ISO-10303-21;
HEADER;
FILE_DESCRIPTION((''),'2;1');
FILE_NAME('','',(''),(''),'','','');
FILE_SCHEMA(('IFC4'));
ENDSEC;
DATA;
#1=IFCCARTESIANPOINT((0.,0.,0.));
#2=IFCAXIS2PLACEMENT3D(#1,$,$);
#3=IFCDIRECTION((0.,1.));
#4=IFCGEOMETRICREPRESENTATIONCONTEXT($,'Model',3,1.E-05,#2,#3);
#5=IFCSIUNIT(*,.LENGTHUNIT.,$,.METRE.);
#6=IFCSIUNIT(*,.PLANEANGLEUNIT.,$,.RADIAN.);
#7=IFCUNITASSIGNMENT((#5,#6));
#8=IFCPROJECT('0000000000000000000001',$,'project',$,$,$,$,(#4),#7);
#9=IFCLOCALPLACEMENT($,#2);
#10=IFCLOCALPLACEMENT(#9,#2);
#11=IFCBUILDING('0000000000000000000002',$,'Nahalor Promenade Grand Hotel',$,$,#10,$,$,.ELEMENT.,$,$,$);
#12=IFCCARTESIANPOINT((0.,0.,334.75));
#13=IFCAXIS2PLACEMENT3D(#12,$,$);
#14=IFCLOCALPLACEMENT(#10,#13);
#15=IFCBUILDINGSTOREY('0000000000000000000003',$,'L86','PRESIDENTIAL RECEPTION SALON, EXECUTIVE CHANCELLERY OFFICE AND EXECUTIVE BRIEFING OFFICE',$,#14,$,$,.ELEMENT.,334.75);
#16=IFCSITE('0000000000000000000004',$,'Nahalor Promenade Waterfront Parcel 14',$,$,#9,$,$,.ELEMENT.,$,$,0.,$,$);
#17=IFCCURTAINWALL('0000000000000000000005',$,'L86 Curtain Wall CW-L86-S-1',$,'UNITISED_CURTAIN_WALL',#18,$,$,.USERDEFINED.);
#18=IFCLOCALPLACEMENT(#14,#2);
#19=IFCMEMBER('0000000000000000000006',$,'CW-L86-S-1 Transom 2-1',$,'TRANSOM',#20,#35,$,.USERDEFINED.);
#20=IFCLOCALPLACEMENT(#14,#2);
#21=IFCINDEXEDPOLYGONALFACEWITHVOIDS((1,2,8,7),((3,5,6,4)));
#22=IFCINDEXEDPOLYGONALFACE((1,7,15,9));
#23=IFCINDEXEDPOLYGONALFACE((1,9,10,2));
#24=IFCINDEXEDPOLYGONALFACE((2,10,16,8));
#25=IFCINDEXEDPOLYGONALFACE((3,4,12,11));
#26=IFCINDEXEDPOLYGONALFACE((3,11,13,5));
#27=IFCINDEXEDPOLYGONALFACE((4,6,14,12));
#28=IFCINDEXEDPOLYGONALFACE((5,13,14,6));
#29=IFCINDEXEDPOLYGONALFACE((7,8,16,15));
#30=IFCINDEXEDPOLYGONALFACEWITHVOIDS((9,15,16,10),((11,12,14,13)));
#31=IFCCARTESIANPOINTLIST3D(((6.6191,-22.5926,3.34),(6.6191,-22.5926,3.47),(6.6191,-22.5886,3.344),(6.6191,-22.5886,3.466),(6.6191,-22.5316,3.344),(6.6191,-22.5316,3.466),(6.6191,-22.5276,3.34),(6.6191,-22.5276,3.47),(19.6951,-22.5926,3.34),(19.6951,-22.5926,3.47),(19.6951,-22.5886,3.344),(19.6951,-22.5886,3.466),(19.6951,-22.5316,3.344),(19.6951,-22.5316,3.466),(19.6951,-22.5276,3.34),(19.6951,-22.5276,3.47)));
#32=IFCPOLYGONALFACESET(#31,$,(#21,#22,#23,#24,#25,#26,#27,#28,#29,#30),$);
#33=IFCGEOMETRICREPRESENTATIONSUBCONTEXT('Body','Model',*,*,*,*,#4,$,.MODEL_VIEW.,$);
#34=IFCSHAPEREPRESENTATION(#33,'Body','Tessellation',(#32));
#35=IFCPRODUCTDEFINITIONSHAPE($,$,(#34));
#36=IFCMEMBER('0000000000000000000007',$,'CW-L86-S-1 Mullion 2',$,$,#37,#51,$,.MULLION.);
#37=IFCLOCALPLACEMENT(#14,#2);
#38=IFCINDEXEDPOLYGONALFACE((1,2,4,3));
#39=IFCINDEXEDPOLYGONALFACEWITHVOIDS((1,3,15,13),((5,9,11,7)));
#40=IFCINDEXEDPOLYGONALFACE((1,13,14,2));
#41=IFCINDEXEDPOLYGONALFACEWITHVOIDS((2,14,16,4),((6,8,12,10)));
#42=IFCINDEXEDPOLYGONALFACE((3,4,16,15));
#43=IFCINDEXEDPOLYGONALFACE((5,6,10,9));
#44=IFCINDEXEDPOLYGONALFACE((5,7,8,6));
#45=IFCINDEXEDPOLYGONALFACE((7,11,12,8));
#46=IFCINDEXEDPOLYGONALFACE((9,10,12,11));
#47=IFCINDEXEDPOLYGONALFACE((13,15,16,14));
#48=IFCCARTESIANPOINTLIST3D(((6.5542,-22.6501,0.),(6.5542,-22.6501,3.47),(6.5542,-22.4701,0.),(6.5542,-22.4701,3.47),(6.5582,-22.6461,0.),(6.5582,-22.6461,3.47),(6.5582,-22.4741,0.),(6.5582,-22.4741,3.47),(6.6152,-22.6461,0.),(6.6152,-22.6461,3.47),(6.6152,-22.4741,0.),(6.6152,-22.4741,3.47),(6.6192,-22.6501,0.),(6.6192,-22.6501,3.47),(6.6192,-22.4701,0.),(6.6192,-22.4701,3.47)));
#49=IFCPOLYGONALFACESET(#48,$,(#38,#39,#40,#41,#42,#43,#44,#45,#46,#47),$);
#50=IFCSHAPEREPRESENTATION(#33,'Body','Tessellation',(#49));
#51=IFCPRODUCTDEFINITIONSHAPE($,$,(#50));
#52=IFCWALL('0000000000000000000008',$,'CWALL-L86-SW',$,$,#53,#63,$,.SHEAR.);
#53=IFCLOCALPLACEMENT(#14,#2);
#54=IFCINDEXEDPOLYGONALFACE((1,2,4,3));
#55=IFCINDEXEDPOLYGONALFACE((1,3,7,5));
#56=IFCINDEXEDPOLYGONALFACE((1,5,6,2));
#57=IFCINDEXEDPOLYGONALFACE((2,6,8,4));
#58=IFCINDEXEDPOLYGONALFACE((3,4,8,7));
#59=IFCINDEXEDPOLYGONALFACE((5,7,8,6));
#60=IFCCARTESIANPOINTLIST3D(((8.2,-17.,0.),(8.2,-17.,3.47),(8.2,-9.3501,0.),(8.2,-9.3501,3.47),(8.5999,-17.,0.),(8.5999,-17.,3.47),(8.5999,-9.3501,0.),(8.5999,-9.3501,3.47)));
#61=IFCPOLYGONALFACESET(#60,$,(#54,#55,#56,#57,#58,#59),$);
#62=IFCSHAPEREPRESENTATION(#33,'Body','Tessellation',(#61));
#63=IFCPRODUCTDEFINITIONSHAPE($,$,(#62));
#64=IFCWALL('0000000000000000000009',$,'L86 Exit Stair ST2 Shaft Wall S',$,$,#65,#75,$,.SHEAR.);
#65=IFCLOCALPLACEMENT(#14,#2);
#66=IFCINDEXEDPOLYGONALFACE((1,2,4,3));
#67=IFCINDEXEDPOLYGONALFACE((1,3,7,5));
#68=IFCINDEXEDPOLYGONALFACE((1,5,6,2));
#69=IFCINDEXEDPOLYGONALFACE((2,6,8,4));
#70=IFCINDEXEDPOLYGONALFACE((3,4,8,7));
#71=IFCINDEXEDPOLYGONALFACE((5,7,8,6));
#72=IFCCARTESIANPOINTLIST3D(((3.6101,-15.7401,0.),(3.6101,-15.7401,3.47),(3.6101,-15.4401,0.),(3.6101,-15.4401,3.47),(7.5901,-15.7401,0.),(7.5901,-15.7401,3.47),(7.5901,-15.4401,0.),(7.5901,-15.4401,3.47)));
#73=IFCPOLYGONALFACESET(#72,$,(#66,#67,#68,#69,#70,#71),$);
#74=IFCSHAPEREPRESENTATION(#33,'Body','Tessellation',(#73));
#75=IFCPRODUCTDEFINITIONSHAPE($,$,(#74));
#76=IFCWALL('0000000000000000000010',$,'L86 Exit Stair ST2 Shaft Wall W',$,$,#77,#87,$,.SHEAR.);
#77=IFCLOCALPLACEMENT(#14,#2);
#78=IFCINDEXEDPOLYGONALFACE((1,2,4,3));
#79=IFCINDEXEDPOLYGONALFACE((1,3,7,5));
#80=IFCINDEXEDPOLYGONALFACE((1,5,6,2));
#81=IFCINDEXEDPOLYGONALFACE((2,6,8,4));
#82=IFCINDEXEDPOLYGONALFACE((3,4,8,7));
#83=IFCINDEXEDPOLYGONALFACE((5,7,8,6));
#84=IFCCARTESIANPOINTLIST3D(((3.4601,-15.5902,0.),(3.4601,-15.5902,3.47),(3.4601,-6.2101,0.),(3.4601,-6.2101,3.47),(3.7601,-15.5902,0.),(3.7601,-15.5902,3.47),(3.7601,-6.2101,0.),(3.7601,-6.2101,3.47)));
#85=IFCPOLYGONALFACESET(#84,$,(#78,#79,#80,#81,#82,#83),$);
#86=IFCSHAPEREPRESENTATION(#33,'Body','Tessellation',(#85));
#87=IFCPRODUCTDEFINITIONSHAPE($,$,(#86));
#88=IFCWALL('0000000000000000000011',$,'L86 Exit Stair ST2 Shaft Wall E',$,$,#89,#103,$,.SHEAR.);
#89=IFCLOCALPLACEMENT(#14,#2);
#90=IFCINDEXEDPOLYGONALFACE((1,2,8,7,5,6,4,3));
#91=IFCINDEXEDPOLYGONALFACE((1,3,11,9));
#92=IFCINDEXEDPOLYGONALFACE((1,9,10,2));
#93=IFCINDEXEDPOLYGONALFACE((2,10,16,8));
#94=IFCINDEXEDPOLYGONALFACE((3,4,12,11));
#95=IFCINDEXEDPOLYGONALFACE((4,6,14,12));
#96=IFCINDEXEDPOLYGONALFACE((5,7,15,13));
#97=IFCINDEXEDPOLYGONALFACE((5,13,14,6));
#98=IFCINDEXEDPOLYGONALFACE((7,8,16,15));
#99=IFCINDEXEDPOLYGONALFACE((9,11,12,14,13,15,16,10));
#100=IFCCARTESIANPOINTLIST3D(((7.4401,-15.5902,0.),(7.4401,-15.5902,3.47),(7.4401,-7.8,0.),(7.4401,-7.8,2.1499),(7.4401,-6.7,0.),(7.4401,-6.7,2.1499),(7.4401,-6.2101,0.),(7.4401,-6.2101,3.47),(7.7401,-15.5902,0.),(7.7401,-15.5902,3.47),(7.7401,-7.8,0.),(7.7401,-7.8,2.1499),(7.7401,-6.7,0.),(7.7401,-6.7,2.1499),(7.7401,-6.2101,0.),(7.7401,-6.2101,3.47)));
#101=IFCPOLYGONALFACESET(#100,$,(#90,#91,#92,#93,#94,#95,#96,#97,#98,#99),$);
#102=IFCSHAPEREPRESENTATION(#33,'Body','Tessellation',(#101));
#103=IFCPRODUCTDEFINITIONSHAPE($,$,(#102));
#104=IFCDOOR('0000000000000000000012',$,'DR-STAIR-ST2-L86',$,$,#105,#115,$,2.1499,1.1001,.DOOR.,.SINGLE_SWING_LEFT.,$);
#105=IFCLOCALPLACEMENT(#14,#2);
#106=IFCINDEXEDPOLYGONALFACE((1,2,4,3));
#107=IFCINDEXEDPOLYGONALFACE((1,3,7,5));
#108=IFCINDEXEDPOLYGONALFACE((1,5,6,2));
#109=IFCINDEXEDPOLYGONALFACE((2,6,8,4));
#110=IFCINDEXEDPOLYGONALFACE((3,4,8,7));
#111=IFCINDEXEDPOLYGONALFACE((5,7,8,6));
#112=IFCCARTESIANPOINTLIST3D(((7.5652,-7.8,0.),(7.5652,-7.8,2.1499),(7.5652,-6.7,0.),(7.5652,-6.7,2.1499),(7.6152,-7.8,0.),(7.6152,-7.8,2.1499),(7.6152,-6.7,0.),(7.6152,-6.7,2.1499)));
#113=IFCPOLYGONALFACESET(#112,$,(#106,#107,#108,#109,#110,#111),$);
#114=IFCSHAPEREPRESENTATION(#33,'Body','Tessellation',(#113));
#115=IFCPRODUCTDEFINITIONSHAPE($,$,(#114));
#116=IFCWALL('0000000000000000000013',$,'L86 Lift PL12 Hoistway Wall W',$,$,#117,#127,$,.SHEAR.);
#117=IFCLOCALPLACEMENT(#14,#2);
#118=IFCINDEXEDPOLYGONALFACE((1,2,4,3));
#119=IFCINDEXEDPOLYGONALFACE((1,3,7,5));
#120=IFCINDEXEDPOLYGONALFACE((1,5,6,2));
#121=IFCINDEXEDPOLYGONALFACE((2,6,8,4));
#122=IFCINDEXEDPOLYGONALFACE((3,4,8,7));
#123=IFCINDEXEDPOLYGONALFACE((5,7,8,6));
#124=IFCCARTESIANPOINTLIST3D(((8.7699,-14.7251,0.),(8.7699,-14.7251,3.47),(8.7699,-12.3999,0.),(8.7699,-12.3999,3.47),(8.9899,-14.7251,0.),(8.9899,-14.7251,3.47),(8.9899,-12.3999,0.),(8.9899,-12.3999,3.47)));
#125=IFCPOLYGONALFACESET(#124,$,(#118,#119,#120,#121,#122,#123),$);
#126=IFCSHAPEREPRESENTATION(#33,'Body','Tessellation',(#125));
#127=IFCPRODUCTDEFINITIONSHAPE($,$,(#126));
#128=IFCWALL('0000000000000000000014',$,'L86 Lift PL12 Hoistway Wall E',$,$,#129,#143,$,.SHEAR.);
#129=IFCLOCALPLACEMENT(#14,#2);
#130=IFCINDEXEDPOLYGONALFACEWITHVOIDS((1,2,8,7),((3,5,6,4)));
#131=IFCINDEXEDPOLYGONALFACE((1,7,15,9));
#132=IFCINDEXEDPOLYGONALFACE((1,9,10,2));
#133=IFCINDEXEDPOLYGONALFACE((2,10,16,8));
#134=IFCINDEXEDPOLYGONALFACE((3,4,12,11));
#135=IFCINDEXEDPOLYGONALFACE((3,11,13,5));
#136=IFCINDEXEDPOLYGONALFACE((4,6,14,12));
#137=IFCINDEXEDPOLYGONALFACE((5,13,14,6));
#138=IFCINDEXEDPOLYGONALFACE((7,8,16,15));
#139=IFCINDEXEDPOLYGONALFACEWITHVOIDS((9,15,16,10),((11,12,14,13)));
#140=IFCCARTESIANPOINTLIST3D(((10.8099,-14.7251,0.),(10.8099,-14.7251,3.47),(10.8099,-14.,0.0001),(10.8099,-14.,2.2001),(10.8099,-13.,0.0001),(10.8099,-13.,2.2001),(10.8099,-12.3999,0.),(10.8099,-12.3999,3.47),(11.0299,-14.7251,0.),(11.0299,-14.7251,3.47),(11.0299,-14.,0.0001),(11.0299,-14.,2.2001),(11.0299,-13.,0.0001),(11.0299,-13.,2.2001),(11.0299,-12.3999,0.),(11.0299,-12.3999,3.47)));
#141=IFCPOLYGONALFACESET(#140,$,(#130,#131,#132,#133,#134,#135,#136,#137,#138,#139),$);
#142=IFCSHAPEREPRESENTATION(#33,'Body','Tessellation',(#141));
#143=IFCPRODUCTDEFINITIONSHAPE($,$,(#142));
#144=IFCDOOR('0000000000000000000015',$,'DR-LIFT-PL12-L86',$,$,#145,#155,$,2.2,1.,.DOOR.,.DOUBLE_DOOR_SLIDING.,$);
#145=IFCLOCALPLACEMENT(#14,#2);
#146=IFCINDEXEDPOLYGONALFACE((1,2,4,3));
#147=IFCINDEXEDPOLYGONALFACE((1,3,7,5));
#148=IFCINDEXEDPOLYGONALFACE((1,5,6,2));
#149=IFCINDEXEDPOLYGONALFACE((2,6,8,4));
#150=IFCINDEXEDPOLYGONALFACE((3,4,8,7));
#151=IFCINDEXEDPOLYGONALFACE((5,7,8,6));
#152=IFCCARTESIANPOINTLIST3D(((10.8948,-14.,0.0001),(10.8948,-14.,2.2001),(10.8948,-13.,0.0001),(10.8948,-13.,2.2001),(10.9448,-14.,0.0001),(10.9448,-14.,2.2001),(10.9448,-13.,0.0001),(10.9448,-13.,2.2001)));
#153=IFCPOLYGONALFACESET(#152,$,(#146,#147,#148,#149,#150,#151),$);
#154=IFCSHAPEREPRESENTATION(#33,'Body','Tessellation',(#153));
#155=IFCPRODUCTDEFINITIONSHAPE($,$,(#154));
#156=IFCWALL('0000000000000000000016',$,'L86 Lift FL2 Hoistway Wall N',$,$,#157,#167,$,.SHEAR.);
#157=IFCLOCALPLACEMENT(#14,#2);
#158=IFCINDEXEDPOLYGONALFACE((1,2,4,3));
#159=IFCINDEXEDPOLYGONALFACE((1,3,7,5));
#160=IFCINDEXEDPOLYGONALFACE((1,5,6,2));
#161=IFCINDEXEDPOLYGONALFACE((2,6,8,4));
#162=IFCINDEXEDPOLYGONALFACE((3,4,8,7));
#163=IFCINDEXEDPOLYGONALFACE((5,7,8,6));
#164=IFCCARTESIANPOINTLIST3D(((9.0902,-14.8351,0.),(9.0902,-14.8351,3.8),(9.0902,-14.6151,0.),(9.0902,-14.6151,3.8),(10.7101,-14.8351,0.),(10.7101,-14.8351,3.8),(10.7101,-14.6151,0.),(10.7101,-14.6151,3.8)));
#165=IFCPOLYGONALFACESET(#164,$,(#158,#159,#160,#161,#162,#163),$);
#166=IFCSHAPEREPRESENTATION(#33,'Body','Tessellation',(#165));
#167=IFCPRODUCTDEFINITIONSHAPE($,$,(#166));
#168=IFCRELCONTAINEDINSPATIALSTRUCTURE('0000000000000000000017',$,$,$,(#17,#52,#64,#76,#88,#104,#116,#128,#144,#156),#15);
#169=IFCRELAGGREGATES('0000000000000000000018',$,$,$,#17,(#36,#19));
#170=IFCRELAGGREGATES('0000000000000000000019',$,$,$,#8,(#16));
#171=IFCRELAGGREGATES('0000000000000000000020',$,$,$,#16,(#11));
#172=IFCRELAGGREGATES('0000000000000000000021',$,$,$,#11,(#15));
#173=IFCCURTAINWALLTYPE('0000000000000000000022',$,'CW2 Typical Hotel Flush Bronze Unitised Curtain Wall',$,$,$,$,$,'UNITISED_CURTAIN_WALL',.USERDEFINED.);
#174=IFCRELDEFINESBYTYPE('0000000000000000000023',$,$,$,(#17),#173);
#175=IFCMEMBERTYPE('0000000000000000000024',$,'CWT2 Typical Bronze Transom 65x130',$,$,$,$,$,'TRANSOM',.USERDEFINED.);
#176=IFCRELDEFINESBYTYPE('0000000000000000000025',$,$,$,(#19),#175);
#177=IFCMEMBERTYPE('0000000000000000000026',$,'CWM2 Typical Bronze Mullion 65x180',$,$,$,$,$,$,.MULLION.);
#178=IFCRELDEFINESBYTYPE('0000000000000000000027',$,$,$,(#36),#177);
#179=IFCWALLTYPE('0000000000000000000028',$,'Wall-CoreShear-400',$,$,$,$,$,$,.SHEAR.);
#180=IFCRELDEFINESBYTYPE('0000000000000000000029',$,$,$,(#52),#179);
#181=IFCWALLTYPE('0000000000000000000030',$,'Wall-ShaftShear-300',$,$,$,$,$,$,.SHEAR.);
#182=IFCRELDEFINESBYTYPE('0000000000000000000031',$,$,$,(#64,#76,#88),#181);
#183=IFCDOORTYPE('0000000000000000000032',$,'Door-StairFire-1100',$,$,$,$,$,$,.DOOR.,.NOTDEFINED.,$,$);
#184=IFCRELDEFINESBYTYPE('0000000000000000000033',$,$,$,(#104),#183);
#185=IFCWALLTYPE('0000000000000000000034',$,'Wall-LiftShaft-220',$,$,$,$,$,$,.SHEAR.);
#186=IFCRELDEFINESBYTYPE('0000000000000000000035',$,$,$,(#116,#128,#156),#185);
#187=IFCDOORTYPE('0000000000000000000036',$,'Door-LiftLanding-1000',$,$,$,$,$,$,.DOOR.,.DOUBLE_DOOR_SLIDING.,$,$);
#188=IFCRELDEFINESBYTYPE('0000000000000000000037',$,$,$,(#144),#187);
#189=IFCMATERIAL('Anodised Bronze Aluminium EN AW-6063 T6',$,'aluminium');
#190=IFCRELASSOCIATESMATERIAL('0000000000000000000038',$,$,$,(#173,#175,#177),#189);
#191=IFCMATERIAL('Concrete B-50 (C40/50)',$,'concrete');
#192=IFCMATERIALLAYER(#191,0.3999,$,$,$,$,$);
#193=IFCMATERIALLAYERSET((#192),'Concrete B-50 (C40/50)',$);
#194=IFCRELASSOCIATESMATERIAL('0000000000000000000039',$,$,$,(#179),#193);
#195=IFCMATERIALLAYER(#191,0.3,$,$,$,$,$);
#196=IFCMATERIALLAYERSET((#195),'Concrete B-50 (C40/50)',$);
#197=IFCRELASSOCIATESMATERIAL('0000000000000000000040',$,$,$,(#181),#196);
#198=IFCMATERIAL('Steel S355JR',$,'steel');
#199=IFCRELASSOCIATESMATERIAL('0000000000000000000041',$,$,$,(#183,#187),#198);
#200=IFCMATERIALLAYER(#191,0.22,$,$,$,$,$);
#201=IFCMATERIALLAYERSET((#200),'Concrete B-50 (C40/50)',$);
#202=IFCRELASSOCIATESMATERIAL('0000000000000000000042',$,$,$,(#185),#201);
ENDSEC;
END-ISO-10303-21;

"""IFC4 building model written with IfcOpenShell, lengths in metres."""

from ifc_helpers import new_model, si_unit, direction, frame, frame_2d, origin, origin_2d, place, context, subcontext, project, spatial, rectangle, hollow_rectangle, extrude, source, transform, mapped, material, layer, layer_set, material_profile, profile_set, type_object, element, fill, aggregate, save


model = new_model("IFC4")

# Units and contexts
model_context = context("Model", 3, precision=1e-05, world=origin(), true_north=direction((0.0, 1.0)))
body_context = subcontext(model_context, "Body", "Model", "MODEL_VIEW")
ifc_project = project(units=[si_unit("LENGTHUNIT", "METRE"), si_unit("PLANEANGLEUNIT", "RADIAN")], contexts=[model_context])

# Site, building, storey
site_placement = place(None, origin())
site = spatial("IfcSite", under=ifc_project, at=site_placement, Name="Nahalor Promenade Waterfront Parcel 14", CompositionType="ELEMENT", RefElevation=0.0)
building_placement = place(site_placement, origin())
building = spatial("IfcBuilding", under=site, at=building_placement, Name="Nahalor Promenade Grand Hotel", CompositionType="ELEMENT")
storey_placement = place(building_placement, frame((0.0, 0.0, 334.75)))
storey = spatial("IfcBuildingStorey", under=building, at=storey_placement, Name="L86", Description="PRESIDENTIAL RECEPTION SALON, EXECUTIVE CHANCELLERY OFFICE AND EXECUTIVE BRIEFING OFFICE", CompositionType="ELEMENT", Elevation=334.75)

# Shared definitions
ifc_material_1 = material(Name="Concrete B-50 (C40/50)", Category="concrete")
ifc_material_2 = material(Name="Steel S355JR", Category="steel")

# Curtain wall, members
ifc_material_3 = material(Name="Anodised Bronze Aluminium EN AW-6063 T6", Category="aluminium")
curtain_wall_type = type_object("IfcCurtainWallType", Name="CW2 Typical Hotel Flush Bronze Unitised Curtain Wall", ElementType="UNITISED_CURTAIN_WALL", PredefinedType="USERDEFINED", material=ifc_material_3)
curtain_wall_placement = place(storey_placement, origin())
curtain_wall = element("IfcCurtainWall", 1, at=curtain_wall_placement, inside=storey, type_object=curtain_wall_type, Name="L86 Curtain Wall CW-L86-S-1", ObjectType="UNITISED_CURTAIN_WALL", PredefinedType="USERDEFINED")
ifc_material_profile_1 = material_profile(ifc_material_3, hollow_rectangle(XDim=0.065, YDim=0.13, WallThickness=0.004, at=origin_2d()), Name="CWT 65x130x4")
ifc_profile_set_1 = profile_set([ifc_material_profile_1], Name="Anodised Bronze Aluminium EN AW-6063 T6")
member_type_1 = type_object("IfcMemberType", Name="CWT2 Typical Bronze Transom 65x130", ElementType="TRANSOM", PredefinedType="USERDEFINED", material=ifc_profile_set_1)
shared_shape_1 = source(origin(), body_context, "Body", "SweptSolid", [
    extrude(hollow_rectangle(XDim=0.065, YDim=0.13, WallThickness=0.004, at=origin_2d()), origin(), (0.0, 0.0, 1.0), 13.0759),
])
member_1_placement = place(storey_placement, frame((6.6191, -22.5601, 3.405), z_axis=(1.0, 0.0, 0.0), x_axis=(0.0, 1.0, 0.0)))
member_1 = element("IfcMember", 2, at=member_1_placement, type_object=member_type_1, Name="CW-L86-S-1 Transom 2-1", ObjectType="TRANSOM", PredefinedType="USERDEFINED", context=body_context, shape_type="MappedRepresentation", body=[
    mapped(shared_shape_1, transform((0.0, 0.0, 0.0), scale=1.0)),
])
ifc_material_profile_2 = material_profile(ifc_material_3, hollow_rectangle(XDim=0.065, YDim=0.18, WallThickness=0.004, at=origin_2d()), Name="CWM 65x180x4")
ifc_profile_set_2 = profile_set([ifc_material_profile_2], Name="Anodised Bronze Aluminium EN AW-6063 T6")
member_type_2 = type_object("IfcMemberType", Name="CWM2 Typical Bronze Mullion 65x180", PredefinedType="MULLION", material=ifc_profile_set_2)
shared_shape_2 = source(origin(), body_context, "Body", "SweptSolid", [
    extrude(hollow_rectangle(XDim=0.065, YDim=0.18, WallThickness=0.004, at=origin_2d()), origin(), (0.0, 0.0, 1.0), 3.47),
])
member_2_placement = place(storey_placement, frame((6.5867, -22.5601, 0.0), z_axis=(0.0, 0.0, 1.0), x_axis=(1.0, 0.0, 0.0)))
member_2 = element("IfcMember", 3, at=member_2_placement, type_object=member_type_2, Name="CW-L86-S-1 Mullion 2", PredefinedType="MULLION", context=body_context, shape_type="MappedRepresentation", body=[
    mapped(shared_shape_2, transform((0.0, 0.0, 0.0), scale=1.0)),
])
aggregate(curtain_wall, [member_2, member_1])

# Walls
ifc_layer_1 = layer(ifc_material_1, 0.3999)
ifc_layer_set_1 = layer_set([ifc_layer_1], Name="Concrete B-50 (C40/50)")
wall_type_1 = type_object("IfcWallType", Name="Wall-CoreShear-400", PredefinedType="SHEAR", material=ifc_layer_set_1)
shared_shape_3 = source(origin(), body_context, "Body", "SweptSolid", [
    extrude(rectangle(XDim=7.6499, YDim=0.3999, at=frame_2d((3.825, 0.0))), origin(), (0.0, 0.0, 1.0), 3.47),
])
wall_1_placement = place(storey_placement, frame((8.3999, -17.0, 0.0), z_axis=(0.0, 0.0, 1.0), x_axis=(0.0, 1.0, 0.0)))
element("IfcWall", 4, at=wall_1_placement, inside=storey, type_object=wall_type_1, Name="CWALL-L86-SW", PredefinedType="SHEAR", context=body_context, shape_type="MappedRepresentation", body=[
    mapped(shared_shape_3, transform((0.0, 0.0, 0.0), scale=1.0)),
])
ifc_layer_2 = layer(ifc_material_1, 0.3)
ifc_layer_set_2 = layer_set([ifc_layer_2], Name="Concrete B-50 (C40/50)")
wall_type_2 = type_object("IfcWallType", Name="Wall-ShaftShear-300", PredefinedType="SHEAR", material=ifc_layer_set_2)
shared_shape_4 = source(origin(), body_context, "Body", "SweptSolid", [
    extrude(rectangle(XDim=3.98, YDim=0.3, at=frame_2d((1.99, 0.0))), origin(), (0.0, 0.0, 1.0), 3.47),
])
wall_2_placement = place(storey_placement, frame((3.6101, -15.5901, 0.0), z_axis=(0.0, 0.0, 1.0), x_axis=(1.0, 0.0, 0.0)))
element("IfcWall", 5, at=wall_2_placement, inside=storey, type_object=wall_type_2, Name="L86 Exit Stair ST2 Shaft Wall S", PredefinedType="SHEAR", context=body_context, shape_type="MappedRepresentation", body=[
    mapped(shared_shape_4, transform((0.0, 0.0, 0.0), scale=1.0)),
])
shared_shape_5 = source(origin(), body_context, "Body", "SweptSolid", [
    extrude(rectangle(XDim=9.3801, YDim=0.3, at=frame_2d((4.6899, 0.0))), origin(), (0.0, 0.0, 1.0), 3.47),
])
wall_3_placement = place(storey_placement, frame((3.6101, -15.5901, 0.0), z_axis=(0.0, 0.0, 1.0), x_axis=(0.0, 1.0, 0.0)))
element("IfcWall", 6, at=wall_3_placement, inside=storey, type_object=wall_type_2, Name="L86 Exit Stair ST2 Shaft Wall W", PredefinedType="SHEAR", context=body_context, shape_type="MappedRepresentation", body=[
    mapped(shared_shape_5, transform((0.0, 0.0, 0.0), scale=1.0)),
])

# Wall, opening, door
wall_4_placement = place(storey_placement, frame((7.5901, -15.5901, 0.0), z_axis=(0.0, 0.0, 1.0), x_axis=(0.0, 1.0, 0.0)))
wall_4 = element("IfcWall", 7, at=wall_4_placement, inside=storey, type_object=wall_type_2, Name="L86 Exit Stair ST2 Shaft Wall E", PredefinedType="SHEAR", context=body_context, shape_type="MappedRepresentation", body=[
    mapped(shared_shape_5, transform((0.0, 0.0, 0.0), scale=1.0)),
])
opening_1_placement = place(wall_4_placement, frame((7.79, 0.0, 0.0)))
opening_1 = element("IfcOpeningElement", 8, at=opening_1_placement, cuts=wall_4, PredefinedType="OPENING", context=body_context, shape_type="SweptSolid", body=[
    extrude(rectangle(XDim=1.1001, YDim=2.1499, at=frame_2d((0.55, 1.075))), frame((0.0, 0.1599, 0.0), z_axis=(0.0, -1.0, 0.0), x_axis=(1.0, 0.0, 0.0)), (0.0, 0.0, 1.0), 0.3201),
])
door_type_1 = type_object("IfcDoorType", Name="Door-StairFire-1100", OperationType="NOTDEFINED", PredefinedType="DOOR", material=ifc_material_2)
shared_shape_6 = source(origin(), body_context, "Body", "SweptSolid", [
    extrude(rectangle(XDim=1.1001, YDim=2.1499, at=frame_2d((0.55, 1.075))), frame((0.0, 0.0249, 0.0), z_axis=(0.0, -1.0, 0.0), x_axis=(1.0, 0.0, 0.0)), (0.0, 0.0, 1.0), 0.05),
])
door_1_placement = place(opening_1_placement, origin())
door_1 = element("IfcDoor", 9, at=door_1_placement, inside=storey, type_object=door_type_1, Name="DR-STAIR-ST2-L86", OperationType="SINGLE_SWING_LEFT", OverallHeight=2.1499, OverallWidth=1.1001, PredefinedType="DOOR", context=body_context, shape_type="MappedRepresentation", body=[
    mapped(shared_shape_6, transform((0.0, 0.0, 0.0), scale=1.0)),
])
fill(opening_1, door_1)

# Wall
ifc_layer_3 = layer(ifc_material_1, 0.22)
ifc_layer_set_3 = layer_set([ifc_layer_3], Name="Concrete B-50 (C40/50)")
wall_type_3 = type_object("IfcWallType", Name="Wall-LiftShaft-220", PredefinedType="SHEAR", material=ifc_layer_set_3)
shared_shape_7 = source(origin(), body_context, "Body", "SweptSolid", [
    extrude(rectangle(XDim=2.3252, YDim=0.22, at=frame_2d((1.1626, 0.0))), origin(), (0.0, 0.0, 1.0), 3.47),
])
wall_5_placement = place(storey_placement, frame((8.8799, -14.7251, 0.0), z_axis=(0.0, 0.0, 1.0), x_axis=(0.0, 1.0, 0.0)))
element("IfcWall", 10, at=wall_5_placement, inside=storey, type_object=wall_type_3, Name="L86 Lift PL12 Hoistway Wall W", PredefinedType="SHEAR", context=body_context, shape_type="MappedRepresentation", body=[
    mapped(shared_shape_7, transform((0.0, 0.0, 0.0), scale=1.0)),
])

# Wall, opening, door
wall_6_placement = place(storey_placement, frame((10.9199, -14.7251, 0.0), z_axis=(0.0, 0.0, 1.0), x_axis=(0.0, 1.0, 0.0)))
wall_6 = element("IfcWall", 11, at=wall_6_placement, inside=storey, type_object=wall_type_3, Name="L86 Lift PL12 Hoistway Wall E", PredefinedType="SHEAR", context=body_context, shape_type="MappedRepresentation", body=[
    mapped(shared_shape_7, transform((0.0, 0.0, 0.0), scale=1.0)),
])
opening_2_placement = place(wall_6_placement, frame((0.7251, 0.0, 0.0)))
opening_2 = element("IfcOpeningElement", 12, at=opening_2_placement, cuts=wall_6, PredefinedType="OPENING", context=body_context, shape_type="SweptSolid", body=[
    extrude(rectangle(XDim=1.0, YDim=2.2, at=frame_2d((0.5, 1.1001))), frame((0.0, 0.1199, 0.0), z_axis=(0.0, -1.0, 0.0), x_axis=(1.0, 0.0, 0.0)), (0.0, 0.0, 1.0), 0.24),
])
door_type_2 = type_object("IfcDoorType", Name="Door-LiftLanding-1000", OperationType="DOUBLE_DOOR_SLIDING", PredefinedType="DOOR", material=ifc_material_2)
shared_shape_8 = source(origin(), body_context, "Body", "SweptSolid", [
    extrude(rectangle(XDim=1.0, YDim=2.2, at=frame_2d((0.5, 1.1001))), frame((0.0, 0.0249, 0.0), z_axis=(0.0, -1.0, 0.0), x_axis=(1.0, 0.0, 0.0)), (0.0, 0.0, 1.0), 0.05),
])
door_2_placement = place(opening_2_placement, frame((1.0, 0.0, 0.0), z_axis=(0.0, 0.0, 1.0), x_axis=(-1.0, 0.0, 0.0)))
door_2 = element("IfcDoor", 13, at=door_2_placement, inside=storey, type_object=door_type_2, Name="DR-LIFT-PL12-L86", OperationType="DOUBLE_DOOR_SLIDING", OverallHeight=2.2, OverallWidth=1.0, PredefinedType="DOOR", context=body_context, shape_type="MappedRepresentation", body=[
    mapped(shared_shape_8, transform((0.0, 0.0, 0.0), scale=1.0)),
])
fill(opening_2, door_2)

# Wall
shared_shape_9 = source(origin(), body_context, "Body", "SweptSolid", [
    extrude(rectangle(XDim=1.6199, YDim=0.22, at=frame_2d((0.8101, 0.0))), origin(), (0.0, 0.0, 1.0), 3.8),
])
wall_7_placement = place(storey_placement, frame((9.0901, -14.7251, 0.0), z_axis=(0.0, 0.0, 1.0), x_axis=(1.0, 0.0, 0.0)))
element("IfcWall", 14, at=wall_7_placement, inside=storey, type_object=wall_type_3, Name="L86 Lift FL2 Hoistway Wall N", PredefinedType="SHEAR", context=body_context, shape_type="MappedRepresentation", body=[
    mapped(shared_shape_9, transform((0.0, 0.0, 0.0), scale=1.0)),
])

save(model, "model.ifc")
